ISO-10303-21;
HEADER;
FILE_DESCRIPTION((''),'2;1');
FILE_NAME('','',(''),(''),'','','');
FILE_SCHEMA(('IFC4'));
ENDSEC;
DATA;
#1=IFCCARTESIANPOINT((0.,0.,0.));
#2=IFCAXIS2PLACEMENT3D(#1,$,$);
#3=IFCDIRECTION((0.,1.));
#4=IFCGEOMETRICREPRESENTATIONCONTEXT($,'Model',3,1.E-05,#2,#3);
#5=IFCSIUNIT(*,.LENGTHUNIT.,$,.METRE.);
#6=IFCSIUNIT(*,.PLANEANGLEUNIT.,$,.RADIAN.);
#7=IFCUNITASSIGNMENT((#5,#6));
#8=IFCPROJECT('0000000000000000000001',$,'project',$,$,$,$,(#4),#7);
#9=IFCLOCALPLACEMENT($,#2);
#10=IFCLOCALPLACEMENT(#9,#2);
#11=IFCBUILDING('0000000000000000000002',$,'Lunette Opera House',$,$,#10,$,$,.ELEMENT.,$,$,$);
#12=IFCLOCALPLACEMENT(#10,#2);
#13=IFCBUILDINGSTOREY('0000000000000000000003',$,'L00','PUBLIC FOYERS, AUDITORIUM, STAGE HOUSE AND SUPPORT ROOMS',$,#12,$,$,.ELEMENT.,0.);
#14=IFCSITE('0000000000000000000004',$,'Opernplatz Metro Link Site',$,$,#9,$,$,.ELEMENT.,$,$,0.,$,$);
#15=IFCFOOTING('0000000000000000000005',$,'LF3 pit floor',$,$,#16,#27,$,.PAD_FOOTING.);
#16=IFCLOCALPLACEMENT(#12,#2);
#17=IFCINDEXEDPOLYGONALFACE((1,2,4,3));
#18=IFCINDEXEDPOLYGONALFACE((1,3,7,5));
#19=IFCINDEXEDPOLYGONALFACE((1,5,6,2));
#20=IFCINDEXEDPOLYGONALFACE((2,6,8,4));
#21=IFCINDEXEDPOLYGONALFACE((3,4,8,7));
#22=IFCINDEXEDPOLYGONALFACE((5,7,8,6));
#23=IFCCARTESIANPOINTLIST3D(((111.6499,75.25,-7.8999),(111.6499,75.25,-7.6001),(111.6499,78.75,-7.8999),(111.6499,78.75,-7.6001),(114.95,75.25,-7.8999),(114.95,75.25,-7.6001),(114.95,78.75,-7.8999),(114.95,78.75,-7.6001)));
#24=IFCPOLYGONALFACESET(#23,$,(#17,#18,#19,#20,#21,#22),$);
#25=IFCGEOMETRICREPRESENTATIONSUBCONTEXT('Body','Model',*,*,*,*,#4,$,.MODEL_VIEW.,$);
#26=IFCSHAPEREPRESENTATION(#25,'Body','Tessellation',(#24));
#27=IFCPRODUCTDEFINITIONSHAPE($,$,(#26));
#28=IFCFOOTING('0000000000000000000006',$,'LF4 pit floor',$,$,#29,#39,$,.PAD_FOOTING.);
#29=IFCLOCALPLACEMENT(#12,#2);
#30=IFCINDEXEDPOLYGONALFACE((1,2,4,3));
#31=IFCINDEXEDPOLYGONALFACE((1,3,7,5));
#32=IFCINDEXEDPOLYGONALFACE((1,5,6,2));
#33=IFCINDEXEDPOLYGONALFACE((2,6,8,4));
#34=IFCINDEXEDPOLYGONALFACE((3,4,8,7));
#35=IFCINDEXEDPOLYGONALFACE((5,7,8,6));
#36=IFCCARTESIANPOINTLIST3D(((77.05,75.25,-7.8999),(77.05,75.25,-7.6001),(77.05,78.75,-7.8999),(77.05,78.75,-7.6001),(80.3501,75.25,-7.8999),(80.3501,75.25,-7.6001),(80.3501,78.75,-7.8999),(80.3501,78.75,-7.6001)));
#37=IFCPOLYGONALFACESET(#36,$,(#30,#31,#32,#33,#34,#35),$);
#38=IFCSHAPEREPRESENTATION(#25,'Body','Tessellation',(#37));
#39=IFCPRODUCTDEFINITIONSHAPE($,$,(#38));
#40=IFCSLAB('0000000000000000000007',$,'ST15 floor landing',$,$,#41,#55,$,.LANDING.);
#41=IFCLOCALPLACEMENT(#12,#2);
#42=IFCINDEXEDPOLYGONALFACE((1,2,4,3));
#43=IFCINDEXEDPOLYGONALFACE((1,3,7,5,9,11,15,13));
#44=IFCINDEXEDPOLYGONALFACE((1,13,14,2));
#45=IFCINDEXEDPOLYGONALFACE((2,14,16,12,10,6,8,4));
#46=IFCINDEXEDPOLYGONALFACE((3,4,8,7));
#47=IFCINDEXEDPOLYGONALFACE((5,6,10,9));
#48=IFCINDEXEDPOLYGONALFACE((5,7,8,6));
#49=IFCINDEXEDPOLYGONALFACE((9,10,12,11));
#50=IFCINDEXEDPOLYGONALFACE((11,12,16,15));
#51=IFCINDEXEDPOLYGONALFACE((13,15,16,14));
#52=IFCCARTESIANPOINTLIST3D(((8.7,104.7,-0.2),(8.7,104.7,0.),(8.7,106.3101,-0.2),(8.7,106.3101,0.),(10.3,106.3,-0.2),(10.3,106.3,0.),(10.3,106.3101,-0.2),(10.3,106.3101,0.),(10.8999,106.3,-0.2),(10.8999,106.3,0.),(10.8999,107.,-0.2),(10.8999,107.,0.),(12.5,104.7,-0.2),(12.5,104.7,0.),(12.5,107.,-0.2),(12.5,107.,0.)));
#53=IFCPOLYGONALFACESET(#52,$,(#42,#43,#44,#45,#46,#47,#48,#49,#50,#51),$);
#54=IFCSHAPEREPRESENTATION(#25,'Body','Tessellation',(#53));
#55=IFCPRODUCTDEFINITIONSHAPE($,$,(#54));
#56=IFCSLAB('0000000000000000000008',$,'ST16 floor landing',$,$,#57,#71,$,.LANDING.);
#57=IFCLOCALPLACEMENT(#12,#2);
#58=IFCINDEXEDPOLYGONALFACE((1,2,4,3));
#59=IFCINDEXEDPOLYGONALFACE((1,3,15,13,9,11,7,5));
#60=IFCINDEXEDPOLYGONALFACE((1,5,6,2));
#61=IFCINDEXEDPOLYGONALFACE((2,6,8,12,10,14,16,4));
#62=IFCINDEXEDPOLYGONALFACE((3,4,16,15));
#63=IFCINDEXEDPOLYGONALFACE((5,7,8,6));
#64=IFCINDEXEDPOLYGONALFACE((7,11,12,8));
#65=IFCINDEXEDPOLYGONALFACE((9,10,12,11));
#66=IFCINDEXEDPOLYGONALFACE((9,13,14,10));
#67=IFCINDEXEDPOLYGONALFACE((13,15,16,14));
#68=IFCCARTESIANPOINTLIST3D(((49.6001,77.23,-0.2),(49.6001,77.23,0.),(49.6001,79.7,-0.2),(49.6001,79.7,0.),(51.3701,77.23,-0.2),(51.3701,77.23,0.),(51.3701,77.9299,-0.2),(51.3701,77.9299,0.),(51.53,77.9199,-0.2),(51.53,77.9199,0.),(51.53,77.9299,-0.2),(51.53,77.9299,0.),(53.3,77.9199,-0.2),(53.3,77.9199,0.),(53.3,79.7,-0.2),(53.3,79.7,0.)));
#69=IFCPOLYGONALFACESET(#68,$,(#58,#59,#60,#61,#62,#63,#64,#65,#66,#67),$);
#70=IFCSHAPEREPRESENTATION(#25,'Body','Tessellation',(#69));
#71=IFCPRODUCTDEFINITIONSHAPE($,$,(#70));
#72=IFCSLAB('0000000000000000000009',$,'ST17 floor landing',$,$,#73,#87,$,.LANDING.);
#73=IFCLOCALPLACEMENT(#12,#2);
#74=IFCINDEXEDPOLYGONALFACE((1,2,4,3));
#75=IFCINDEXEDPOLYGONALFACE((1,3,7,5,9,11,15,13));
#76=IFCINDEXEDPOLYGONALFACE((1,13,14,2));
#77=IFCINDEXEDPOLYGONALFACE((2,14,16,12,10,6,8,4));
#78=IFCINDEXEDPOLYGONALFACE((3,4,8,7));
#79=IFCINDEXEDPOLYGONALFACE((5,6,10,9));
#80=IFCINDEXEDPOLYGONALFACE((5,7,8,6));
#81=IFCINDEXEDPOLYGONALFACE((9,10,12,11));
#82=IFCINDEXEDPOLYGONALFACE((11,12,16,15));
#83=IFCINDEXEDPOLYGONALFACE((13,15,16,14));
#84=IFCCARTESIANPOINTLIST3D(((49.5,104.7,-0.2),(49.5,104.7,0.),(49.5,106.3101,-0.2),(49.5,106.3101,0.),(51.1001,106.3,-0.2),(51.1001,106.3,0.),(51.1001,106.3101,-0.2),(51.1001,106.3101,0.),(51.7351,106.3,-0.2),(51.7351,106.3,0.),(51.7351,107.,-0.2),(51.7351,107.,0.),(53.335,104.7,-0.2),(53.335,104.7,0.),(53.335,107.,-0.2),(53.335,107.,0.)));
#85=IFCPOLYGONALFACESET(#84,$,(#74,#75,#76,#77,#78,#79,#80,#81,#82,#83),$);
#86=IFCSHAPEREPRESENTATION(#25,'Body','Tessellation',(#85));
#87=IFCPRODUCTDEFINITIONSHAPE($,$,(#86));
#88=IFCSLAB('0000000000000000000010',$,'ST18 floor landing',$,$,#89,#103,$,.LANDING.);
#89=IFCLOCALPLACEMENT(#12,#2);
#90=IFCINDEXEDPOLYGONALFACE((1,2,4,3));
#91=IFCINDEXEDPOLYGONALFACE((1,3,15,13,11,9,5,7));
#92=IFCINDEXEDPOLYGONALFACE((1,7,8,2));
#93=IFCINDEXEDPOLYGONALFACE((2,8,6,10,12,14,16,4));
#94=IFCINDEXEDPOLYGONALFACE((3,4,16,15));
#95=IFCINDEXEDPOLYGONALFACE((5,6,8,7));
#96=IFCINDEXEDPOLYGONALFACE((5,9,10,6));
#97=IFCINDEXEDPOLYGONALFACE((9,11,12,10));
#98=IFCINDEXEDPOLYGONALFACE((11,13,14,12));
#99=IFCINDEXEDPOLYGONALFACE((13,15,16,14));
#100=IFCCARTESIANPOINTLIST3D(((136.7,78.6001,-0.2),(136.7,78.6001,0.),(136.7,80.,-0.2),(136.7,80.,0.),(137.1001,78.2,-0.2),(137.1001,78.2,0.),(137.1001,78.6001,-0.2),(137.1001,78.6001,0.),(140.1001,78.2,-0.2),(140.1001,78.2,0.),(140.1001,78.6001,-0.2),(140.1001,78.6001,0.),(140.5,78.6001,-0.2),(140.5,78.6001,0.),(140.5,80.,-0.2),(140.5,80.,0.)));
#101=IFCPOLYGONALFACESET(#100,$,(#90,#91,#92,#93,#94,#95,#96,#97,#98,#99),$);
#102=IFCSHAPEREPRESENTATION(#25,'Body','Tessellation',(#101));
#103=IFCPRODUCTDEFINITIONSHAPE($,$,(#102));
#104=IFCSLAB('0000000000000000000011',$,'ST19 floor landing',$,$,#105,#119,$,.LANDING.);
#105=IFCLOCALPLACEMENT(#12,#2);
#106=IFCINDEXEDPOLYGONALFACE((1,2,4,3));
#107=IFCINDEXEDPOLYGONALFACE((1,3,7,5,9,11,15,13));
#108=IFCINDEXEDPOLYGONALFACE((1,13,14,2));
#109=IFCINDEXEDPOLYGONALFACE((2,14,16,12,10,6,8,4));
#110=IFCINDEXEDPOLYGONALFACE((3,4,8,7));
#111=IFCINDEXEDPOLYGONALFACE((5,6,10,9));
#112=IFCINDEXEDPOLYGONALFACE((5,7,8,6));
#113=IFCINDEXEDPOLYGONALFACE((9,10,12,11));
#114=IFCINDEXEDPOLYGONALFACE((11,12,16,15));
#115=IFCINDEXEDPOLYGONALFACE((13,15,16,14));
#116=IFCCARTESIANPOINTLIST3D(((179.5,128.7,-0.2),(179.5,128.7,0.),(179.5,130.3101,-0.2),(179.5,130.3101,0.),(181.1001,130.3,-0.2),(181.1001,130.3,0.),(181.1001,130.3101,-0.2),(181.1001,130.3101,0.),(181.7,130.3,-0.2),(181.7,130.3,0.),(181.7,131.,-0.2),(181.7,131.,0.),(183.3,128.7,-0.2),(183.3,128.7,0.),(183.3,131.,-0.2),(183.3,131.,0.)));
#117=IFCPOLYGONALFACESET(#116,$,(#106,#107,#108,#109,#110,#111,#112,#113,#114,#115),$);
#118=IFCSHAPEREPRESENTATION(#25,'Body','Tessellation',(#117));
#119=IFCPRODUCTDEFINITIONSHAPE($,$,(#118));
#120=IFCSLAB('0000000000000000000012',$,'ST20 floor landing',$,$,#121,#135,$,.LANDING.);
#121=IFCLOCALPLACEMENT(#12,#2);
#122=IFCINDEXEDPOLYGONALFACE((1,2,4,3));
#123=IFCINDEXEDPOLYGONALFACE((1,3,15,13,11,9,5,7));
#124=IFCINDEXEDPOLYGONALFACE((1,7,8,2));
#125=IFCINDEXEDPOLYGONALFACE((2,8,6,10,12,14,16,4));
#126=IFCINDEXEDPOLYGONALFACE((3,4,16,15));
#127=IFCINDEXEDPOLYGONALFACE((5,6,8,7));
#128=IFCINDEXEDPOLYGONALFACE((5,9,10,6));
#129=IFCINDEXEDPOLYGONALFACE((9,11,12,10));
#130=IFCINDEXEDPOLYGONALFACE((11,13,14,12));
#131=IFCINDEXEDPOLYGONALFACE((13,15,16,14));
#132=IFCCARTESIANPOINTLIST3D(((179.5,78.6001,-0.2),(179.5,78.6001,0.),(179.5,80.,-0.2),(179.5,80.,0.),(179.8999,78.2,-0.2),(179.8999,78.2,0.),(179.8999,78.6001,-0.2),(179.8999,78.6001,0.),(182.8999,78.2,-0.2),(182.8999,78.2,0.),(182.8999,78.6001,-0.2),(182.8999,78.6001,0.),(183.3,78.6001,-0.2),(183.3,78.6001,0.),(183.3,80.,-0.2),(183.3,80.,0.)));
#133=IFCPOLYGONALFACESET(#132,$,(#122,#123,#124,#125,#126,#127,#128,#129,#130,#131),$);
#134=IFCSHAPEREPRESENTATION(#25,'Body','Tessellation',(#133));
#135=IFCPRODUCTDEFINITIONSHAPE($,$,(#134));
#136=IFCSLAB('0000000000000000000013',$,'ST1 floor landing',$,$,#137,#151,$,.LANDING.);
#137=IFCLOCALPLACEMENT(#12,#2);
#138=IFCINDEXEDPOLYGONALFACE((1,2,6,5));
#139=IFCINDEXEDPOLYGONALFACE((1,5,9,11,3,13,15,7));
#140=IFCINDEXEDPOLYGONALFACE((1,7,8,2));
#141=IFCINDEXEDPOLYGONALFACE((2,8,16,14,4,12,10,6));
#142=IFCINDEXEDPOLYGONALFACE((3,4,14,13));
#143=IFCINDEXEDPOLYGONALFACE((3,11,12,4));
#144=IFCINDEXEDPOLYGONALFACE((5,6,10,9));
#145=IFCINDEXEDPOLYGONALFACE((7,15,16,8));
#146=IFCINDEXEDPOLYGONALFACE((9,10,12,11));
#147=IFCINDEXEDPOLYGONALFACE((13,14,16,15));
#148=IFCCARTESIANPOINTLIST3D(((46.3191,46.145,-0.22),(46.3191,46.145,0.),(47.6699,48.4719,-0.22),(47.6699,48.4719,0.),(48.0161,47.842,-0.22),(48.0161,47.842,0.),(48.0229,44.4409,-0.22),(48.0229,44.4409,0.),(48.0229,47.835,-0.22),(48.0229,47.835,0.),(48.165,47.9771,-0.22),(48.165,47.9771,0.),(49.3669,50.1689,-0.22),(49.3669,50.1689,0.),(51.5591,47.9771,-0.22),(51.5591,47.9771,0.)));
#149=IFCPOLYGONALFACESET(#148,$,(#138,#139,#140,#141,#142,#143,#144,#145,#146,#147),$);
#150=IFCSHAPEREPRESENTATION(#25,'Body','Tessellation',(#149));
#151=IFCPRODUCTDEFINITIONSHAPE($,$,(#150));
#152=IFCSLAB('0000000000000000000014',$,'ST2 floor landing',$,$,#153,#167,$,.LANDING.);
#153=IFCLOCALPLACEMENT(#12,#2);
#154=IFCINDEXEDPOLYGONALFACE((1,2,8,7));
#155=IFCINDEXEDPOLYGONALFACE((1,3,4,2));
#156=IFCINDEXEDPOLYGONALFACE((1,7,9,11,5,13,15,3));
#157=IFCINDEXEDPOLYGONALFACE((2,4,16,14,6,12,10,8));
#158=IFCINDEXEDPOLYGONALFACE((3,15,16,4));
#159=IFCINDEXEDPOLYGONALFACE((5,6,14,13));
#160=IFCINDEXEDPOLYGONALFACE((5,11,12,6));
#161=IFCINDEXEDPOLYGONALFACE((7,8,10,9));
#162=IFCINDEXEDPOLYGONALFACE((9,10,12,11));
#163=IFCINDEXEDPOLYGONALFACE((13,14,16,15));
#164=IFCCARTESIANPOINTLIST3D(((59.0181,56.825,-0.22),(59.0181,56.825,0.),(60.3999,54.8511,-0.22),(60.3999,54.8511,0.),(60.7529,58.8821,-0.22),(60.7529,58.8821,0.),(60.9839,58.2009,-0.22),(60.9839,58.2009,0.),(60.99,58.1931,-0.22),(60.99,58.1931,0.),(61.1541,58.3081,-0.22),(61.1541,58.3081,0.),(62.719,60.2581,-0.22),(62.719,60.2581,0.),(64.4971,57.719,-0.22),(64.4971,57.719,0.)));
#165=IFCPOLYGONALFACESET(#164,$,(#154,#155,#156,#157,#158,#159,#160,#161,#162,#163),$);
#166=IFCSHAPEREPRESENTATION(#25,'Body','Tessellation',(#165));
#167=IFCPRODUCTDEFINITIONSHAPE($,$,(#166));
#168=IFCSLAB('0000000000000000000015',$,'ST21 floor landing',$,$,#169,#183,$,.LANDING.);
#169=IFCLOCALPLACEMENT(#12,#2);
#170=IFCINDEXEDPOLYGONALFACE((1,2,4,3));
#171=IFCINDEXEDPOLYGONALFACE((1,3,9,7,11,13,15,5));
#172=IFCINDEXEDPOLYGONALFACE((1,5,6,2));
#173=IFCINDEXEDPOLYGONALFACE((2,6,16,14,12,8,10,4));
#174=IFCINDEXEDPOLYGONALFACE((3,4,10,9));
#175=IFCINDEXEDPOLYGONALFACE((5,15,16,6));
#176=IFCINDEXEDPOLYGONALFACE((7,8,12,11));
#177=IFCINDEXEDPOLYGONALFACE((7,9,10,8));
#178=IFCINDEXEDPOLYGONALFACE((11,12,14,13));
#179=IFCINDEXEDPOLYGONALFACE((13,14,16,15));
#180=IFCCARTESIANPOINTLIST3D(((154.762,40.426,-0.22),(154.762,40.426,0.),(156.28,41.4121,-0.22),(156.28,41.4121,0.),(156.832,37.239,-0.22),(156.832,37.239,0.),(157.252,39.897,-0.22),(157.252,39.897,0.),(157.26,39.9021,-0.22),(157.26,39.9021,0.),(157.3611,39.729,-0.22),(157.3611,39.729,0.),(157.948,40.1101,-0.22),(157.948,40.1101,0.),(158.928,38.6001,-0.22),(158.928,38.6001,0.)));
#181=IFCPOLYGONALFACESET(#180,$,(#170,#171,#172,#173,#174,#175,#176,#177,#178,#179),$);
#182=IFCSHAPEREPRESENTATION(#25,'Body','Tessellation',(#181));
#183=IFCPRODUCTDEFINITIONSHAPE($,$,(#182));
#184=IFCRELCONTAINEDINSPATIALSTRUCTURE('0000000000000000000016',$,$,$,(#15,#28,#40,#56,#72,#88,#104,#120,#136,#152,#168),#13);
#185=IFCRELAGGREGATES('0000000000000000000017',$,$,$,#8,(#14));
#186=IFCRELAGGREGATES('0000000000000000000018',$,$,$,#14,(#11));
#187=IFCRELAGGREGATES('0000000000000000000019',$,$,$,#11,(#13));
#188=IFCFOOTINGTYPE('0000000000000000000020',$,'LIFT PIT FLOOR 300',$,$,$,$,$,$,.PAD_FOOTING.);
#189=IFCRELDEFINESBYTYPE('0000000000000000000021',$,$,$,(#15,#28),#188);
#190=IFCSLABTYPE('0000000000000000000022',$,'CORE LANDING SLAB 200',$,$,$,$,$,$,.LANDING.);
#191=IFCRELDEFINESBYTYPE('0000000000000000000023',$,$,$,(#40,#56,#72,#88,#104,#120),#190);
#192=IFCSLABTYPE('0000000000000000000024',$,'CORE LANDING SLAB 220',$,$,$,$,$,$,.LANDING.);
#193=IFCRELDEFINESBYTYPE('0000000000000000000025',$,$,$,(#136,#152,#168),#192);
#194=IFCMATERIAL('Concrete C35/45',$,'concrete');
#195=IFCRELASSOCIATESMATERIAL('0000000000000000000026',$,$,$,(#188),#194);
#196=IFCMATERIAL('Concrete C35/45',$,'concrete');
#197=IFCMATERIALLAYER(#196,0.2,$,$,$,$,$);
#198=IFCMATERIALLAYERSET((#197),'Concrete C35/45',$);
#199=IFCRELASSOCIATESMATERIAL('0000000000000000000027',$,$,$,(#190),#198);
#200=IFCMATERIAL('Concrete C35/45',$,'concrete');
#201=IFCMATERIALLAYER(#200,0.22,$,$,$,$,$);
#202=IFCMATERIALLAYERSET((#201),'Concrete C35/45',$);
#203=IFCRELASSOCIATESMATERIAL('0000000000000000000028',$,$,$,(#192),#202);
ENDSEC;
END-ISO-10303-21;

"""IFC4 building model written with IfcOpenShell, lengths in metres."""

from ifc_helpers import new_model, si_unit, direction, frame, origin, place, context, subcontext, project, spatial, polyline, outline, extrude, material, layer, layer_set, type_object, element, save


model = new_model("IFC4")

# Units and contexts
model_context = context("Model", 3, precision=1e-05, world=origin(), true_north=direction((0.0, 1.0)))
body_context = subcontext(model_context, "Body", "Model", "MODEL_VIEW")
ifc_project = project(units=[si_unit("LENGTHUNIT", "METRE"), si_unit("PLANEANGLEUNIT", "RADIAN")], contexts=[model_context])

# Site, building, storey
site_placement = place(None, origin())
site = spatial("IfcSite", under=ifc_project, at=site_placement, Name="Opernplatz Metro Link Site", CompositionType="ELEMENT", RefElevation=0.0)
building_placement = place(site_placement, origin())
building = spatial("IfcBuilding", under=site, at=building_placement, Name="Lunette Opera House", CompositionType="ELEMENT")
storey_placement = place(building_placement, origin())
storey = spatial("IfcBuildingStorey", under=building, at=storey_placement, Name="L00", Description="PUBLIC FOYERS, AUDITORIUM, STAGE HOUSE AND SUPPORT ROOMS", CompositionType="ELEMENT", Elevation=0.0)

# Footings
ifc_material_1 = material(Name="Concrete C35/45", Category="concrete")
footing_type = type_object("IfcFootingType", Name="LIFT PIT FLOOR 300", PredefinedType="PAD_FOOTING", material=ifc_material_1)
footing_1_placement = place(storey_placement, frame((0.0, 0.0, -7.8999)))
element("IfcFooting", 1, at=footing_1_placement, inside=storey, type_object=footing_type, Name="LF3 pit floor", PredefinedType="PAD_FOOTING", context=body_context, shape_type="SweptSolid", body=[
    extrude(outline(polyline([(114.95, 75.25), (111.6499, 75.25), (111.6499, 78.75), (114.95, 78.75), (114.95, 75.25)])), origin(), (0.0, 0.0, 1.0), 0.2998),
])
footing_2_placement = place(storey_placement, frame((0.0, 0.0, -7.8999)))
element("IfcFooting", 2, at=footing_2_placement, inside=storey, type_object=footing_type, Name="LF4 pit floor", PredefinedType="PAD_FOOTING", context=body_context, shape_type="SweptSolid", body=[
    extrude(outline(polyline([(80.3501, 75.25), (77.05, 75.25), (77.05, 78.75), (80.3501, 78.75), (80.3501, 75.25)])), origin(), (0.0, 0.0, 1.0), 0.2998),
])

# Slabs
ifc_material_2 = material(Name="Concrete C35/45", Category="concrete")
ifc_layer_1 = layer(ifc_material_2, 0.2)
ifc_layer_set_1 = layer_set([ifc_layer_1], Name="Concrete C35/45")
slab_type_1 = type_object("IfcSlabType", Name="CORE LANDING SLAB 200", PredefinedType="LANDING", material=ifc_layer_set_1)
slab_1_placement = place(storey_placement, frame((0.0, 0.0, -0.2)))
element("IfcSlab", 3, at=slab_1_placement, inside=storey, type_object=slab_type_1, Name="ST15 floor landing", PredefinedType="LANDING", context=body_context, shape_type="SweptSolid", body=[
    extrude(outline(polyline([(10.8999, 106.3), (10.8999, 107.0), (12.5, 107.0), (12.5, 104.7), (8.7, 104.7), (8.7, 106.3101), (10.3, 106.3101), (10.3, 106.3), (10.8999, 106.3)])), origin(), (0.0, 0.0, 1.0), 0.2),
])
slab_2_placement = place(storey_placement, frame((0.0, 0.0, -0.2)))
element("IfcSlab", 4, at=slab_2_placement, inside=storey, type_object=slab_type_1, Name="ST16 floor landing", PredefinedType="LANDING", context=body_context, shape_type="SweptSolid", body=[
    extrude(outline(polyline([(53.3, 77.9199), (51.53, 77.9199), (51.53, 77.9299), (51.3701, 77.9299), (51.3701, 77.23), (49.6001, 77.23), (49.6001, 79.7), (53.3, 79.7), (53.3, 77.9199)])), origin(), (0.0, 0.0, 1.0), 0.2),
])
slab_3_placement = place(storey_placement, frame((0.0, 0.0, -0.2)))
element("IfcSlab", 5, at=slab_3_placement, inside=storey, type_object=slab_type_1, Name="ST17 floor landing", PredefinedType="LANDING", context=body_context, shape_type="SweptSolid", body=[
    extrude(outline(polyline([(53.335, 104.7), (49.5, 104.7), (49.5, 106.3101), (51.1001, 106.3101), (51.1001, 106.3), (51.7351, 106.3), (51.7351, 107.0), (53.335, 107.0), (53.335, 104.7)])), origin(), (0.0, 0.0, 1.0), 0.2),
])
slab_4_placement = place(storey_placement, frame((0.0, 0.0, -0.2)))
element("IfcSlab", 6, at=slab_4_placement, inside=storey, type_object=slab_type_1, Name="ST18 floor landing", PredefinedType="LANDING", context=body_context, shape_type="SweptSolid", body=[
    extrude(outline(polyline([(136.7, 78.2), (136.7, 80.0), (140.5, 80.0), (140.5, 78.6001), (140.1001, 78.6001), (140.1001, 78.2), (137.1001, 78.2), (137.1001, 78.6001), (136.7, 78.6001), (136.7, 78.2)])), origin(), (0.0, 0.0, 1.0), 0.2),
])
slab_5_placement = place(storey_placement, frame((0.0, 0.0, -0.2)))
element("IfcSlab", 7, at=slab_5_placement, inside=storey, type_object=slab_type_1, Name="ST19 floor landing", PredefinedType="LANDING", context=body_context, shape_type="SweptSolid", body=[
    extrude(outline(polyline([(179.5, 128.7), (179.5, 130.3101), (181.1001, 130.3101), (181.1001, 130.3), (181.7, 130.3), (181.7, 131.0), (183.3, 131.0), (183.3, 128.7), (179.5, 128.7)])), origin(), (0.0, 0.0, 1.0), 0.2),
])
slab_6_placement = place(storey_placement, frame((0.0, 0.0, -0.2)))
element("IfcSlab", 8, at=slab_6_placement, inside=storey, type_object=slab_type_1, Name="ST20 floor landing", PredefinedType="LANDING", context=body_context, shape_type="SweptSolid", body=[
    extrude(outline(polyline([(179.5, 80.0), (183.3, 80.0), (183.3, 78.2), (183.3, 78.6001), (182.8999, 78.6001), (182.8999, 78.2), (179.8999, 78.2), (179.8999, 78.6001), (179.5, 78.6001), (179.5, 80.0)])), origin(), (0.0, 0.0, 1.0), 0.2),
])
ifc_material_3 = material(Name="Concrete C35/45", Category="concrete")
ifc_layer_2 = layer(ifc_material_3, 0.22)
ifc_layer_set_2 = layer_set([ifc_layer_2], Name="Concrete C35/45")
slab_type_2 = type_object("IfcSlabType", Name="CORE LANDING SLAB 220", PredefinedType="LANDING", material=ifc_layer_set_2)
slab_7_placement = place(storey_placement, frame((0.0, 0.0, -0.22)))
element("IfcSlab", 9, at=slab_7_placement, inside=storey, type_object=slab_type_2, Name="ST1 floor landing", PredefinedType="LANDING", context=body_context, shape_type="SweptSolid", body=[
    extrude(outline(polyline([(46.3191, 46.145), (48.0161, 47.842), (48.0229, 47.835), (48.165, 47.9771), (47.6699, 48.4719), (49.3669, 50.1689), (51.5591, 47.9771), (48.0229, 44.4409), (46.3191, 46.145)])), origin(), (0.0, 0.0, 1.0), 0.22),
])
slab_8_placement = place(storey_placement, frame((0.0, 0.0, -0.22)))
element("IfcSlab", 10, at=slab_8_placement, inside=storey, type_object=slab_type_2, Name="ST2 floor landing", PredefinedType="LANDING", context=body_context, shape_type="SweptSolid", body=[
    extrude(outline(polyline([(60.3999, 54.8511), (59.0181, 56.825), (60.9839, 58.2009), (60.99, 58.1931), (61.1541, 58.3081), (60.7529, 58.8821), (62.719, 60.2581), (64.4971, 57.719), (60.3999, 54.8511)])), origin(), (0.0, 0.0, 1.0), 0.22),
])
slab_9_placement = place(storey_placement, frame((0.0, 0.0, -0.22)))
element("IfcSlab", 11, at=slab_9_placement, inside=storey, type_object=slab_type_2, Name="ST21 floor landing", PredefinedType="LANDING", context=body_context, shape_type="SweptSolid", body=[
    extrude(outline(polyline([(154.762, 40.426), (156.28, 41.4121), (157.26, 39.9021), (157.252, 39.897), (157.3611, 39.729), (157.948, 40.1101), (158.928, 38.6001), (156.832, 37.239), (154.762, 40.426)])), origin(), (0.0, 0.0, 1.0), 0.22),
])

save(model, "model.ifc")
